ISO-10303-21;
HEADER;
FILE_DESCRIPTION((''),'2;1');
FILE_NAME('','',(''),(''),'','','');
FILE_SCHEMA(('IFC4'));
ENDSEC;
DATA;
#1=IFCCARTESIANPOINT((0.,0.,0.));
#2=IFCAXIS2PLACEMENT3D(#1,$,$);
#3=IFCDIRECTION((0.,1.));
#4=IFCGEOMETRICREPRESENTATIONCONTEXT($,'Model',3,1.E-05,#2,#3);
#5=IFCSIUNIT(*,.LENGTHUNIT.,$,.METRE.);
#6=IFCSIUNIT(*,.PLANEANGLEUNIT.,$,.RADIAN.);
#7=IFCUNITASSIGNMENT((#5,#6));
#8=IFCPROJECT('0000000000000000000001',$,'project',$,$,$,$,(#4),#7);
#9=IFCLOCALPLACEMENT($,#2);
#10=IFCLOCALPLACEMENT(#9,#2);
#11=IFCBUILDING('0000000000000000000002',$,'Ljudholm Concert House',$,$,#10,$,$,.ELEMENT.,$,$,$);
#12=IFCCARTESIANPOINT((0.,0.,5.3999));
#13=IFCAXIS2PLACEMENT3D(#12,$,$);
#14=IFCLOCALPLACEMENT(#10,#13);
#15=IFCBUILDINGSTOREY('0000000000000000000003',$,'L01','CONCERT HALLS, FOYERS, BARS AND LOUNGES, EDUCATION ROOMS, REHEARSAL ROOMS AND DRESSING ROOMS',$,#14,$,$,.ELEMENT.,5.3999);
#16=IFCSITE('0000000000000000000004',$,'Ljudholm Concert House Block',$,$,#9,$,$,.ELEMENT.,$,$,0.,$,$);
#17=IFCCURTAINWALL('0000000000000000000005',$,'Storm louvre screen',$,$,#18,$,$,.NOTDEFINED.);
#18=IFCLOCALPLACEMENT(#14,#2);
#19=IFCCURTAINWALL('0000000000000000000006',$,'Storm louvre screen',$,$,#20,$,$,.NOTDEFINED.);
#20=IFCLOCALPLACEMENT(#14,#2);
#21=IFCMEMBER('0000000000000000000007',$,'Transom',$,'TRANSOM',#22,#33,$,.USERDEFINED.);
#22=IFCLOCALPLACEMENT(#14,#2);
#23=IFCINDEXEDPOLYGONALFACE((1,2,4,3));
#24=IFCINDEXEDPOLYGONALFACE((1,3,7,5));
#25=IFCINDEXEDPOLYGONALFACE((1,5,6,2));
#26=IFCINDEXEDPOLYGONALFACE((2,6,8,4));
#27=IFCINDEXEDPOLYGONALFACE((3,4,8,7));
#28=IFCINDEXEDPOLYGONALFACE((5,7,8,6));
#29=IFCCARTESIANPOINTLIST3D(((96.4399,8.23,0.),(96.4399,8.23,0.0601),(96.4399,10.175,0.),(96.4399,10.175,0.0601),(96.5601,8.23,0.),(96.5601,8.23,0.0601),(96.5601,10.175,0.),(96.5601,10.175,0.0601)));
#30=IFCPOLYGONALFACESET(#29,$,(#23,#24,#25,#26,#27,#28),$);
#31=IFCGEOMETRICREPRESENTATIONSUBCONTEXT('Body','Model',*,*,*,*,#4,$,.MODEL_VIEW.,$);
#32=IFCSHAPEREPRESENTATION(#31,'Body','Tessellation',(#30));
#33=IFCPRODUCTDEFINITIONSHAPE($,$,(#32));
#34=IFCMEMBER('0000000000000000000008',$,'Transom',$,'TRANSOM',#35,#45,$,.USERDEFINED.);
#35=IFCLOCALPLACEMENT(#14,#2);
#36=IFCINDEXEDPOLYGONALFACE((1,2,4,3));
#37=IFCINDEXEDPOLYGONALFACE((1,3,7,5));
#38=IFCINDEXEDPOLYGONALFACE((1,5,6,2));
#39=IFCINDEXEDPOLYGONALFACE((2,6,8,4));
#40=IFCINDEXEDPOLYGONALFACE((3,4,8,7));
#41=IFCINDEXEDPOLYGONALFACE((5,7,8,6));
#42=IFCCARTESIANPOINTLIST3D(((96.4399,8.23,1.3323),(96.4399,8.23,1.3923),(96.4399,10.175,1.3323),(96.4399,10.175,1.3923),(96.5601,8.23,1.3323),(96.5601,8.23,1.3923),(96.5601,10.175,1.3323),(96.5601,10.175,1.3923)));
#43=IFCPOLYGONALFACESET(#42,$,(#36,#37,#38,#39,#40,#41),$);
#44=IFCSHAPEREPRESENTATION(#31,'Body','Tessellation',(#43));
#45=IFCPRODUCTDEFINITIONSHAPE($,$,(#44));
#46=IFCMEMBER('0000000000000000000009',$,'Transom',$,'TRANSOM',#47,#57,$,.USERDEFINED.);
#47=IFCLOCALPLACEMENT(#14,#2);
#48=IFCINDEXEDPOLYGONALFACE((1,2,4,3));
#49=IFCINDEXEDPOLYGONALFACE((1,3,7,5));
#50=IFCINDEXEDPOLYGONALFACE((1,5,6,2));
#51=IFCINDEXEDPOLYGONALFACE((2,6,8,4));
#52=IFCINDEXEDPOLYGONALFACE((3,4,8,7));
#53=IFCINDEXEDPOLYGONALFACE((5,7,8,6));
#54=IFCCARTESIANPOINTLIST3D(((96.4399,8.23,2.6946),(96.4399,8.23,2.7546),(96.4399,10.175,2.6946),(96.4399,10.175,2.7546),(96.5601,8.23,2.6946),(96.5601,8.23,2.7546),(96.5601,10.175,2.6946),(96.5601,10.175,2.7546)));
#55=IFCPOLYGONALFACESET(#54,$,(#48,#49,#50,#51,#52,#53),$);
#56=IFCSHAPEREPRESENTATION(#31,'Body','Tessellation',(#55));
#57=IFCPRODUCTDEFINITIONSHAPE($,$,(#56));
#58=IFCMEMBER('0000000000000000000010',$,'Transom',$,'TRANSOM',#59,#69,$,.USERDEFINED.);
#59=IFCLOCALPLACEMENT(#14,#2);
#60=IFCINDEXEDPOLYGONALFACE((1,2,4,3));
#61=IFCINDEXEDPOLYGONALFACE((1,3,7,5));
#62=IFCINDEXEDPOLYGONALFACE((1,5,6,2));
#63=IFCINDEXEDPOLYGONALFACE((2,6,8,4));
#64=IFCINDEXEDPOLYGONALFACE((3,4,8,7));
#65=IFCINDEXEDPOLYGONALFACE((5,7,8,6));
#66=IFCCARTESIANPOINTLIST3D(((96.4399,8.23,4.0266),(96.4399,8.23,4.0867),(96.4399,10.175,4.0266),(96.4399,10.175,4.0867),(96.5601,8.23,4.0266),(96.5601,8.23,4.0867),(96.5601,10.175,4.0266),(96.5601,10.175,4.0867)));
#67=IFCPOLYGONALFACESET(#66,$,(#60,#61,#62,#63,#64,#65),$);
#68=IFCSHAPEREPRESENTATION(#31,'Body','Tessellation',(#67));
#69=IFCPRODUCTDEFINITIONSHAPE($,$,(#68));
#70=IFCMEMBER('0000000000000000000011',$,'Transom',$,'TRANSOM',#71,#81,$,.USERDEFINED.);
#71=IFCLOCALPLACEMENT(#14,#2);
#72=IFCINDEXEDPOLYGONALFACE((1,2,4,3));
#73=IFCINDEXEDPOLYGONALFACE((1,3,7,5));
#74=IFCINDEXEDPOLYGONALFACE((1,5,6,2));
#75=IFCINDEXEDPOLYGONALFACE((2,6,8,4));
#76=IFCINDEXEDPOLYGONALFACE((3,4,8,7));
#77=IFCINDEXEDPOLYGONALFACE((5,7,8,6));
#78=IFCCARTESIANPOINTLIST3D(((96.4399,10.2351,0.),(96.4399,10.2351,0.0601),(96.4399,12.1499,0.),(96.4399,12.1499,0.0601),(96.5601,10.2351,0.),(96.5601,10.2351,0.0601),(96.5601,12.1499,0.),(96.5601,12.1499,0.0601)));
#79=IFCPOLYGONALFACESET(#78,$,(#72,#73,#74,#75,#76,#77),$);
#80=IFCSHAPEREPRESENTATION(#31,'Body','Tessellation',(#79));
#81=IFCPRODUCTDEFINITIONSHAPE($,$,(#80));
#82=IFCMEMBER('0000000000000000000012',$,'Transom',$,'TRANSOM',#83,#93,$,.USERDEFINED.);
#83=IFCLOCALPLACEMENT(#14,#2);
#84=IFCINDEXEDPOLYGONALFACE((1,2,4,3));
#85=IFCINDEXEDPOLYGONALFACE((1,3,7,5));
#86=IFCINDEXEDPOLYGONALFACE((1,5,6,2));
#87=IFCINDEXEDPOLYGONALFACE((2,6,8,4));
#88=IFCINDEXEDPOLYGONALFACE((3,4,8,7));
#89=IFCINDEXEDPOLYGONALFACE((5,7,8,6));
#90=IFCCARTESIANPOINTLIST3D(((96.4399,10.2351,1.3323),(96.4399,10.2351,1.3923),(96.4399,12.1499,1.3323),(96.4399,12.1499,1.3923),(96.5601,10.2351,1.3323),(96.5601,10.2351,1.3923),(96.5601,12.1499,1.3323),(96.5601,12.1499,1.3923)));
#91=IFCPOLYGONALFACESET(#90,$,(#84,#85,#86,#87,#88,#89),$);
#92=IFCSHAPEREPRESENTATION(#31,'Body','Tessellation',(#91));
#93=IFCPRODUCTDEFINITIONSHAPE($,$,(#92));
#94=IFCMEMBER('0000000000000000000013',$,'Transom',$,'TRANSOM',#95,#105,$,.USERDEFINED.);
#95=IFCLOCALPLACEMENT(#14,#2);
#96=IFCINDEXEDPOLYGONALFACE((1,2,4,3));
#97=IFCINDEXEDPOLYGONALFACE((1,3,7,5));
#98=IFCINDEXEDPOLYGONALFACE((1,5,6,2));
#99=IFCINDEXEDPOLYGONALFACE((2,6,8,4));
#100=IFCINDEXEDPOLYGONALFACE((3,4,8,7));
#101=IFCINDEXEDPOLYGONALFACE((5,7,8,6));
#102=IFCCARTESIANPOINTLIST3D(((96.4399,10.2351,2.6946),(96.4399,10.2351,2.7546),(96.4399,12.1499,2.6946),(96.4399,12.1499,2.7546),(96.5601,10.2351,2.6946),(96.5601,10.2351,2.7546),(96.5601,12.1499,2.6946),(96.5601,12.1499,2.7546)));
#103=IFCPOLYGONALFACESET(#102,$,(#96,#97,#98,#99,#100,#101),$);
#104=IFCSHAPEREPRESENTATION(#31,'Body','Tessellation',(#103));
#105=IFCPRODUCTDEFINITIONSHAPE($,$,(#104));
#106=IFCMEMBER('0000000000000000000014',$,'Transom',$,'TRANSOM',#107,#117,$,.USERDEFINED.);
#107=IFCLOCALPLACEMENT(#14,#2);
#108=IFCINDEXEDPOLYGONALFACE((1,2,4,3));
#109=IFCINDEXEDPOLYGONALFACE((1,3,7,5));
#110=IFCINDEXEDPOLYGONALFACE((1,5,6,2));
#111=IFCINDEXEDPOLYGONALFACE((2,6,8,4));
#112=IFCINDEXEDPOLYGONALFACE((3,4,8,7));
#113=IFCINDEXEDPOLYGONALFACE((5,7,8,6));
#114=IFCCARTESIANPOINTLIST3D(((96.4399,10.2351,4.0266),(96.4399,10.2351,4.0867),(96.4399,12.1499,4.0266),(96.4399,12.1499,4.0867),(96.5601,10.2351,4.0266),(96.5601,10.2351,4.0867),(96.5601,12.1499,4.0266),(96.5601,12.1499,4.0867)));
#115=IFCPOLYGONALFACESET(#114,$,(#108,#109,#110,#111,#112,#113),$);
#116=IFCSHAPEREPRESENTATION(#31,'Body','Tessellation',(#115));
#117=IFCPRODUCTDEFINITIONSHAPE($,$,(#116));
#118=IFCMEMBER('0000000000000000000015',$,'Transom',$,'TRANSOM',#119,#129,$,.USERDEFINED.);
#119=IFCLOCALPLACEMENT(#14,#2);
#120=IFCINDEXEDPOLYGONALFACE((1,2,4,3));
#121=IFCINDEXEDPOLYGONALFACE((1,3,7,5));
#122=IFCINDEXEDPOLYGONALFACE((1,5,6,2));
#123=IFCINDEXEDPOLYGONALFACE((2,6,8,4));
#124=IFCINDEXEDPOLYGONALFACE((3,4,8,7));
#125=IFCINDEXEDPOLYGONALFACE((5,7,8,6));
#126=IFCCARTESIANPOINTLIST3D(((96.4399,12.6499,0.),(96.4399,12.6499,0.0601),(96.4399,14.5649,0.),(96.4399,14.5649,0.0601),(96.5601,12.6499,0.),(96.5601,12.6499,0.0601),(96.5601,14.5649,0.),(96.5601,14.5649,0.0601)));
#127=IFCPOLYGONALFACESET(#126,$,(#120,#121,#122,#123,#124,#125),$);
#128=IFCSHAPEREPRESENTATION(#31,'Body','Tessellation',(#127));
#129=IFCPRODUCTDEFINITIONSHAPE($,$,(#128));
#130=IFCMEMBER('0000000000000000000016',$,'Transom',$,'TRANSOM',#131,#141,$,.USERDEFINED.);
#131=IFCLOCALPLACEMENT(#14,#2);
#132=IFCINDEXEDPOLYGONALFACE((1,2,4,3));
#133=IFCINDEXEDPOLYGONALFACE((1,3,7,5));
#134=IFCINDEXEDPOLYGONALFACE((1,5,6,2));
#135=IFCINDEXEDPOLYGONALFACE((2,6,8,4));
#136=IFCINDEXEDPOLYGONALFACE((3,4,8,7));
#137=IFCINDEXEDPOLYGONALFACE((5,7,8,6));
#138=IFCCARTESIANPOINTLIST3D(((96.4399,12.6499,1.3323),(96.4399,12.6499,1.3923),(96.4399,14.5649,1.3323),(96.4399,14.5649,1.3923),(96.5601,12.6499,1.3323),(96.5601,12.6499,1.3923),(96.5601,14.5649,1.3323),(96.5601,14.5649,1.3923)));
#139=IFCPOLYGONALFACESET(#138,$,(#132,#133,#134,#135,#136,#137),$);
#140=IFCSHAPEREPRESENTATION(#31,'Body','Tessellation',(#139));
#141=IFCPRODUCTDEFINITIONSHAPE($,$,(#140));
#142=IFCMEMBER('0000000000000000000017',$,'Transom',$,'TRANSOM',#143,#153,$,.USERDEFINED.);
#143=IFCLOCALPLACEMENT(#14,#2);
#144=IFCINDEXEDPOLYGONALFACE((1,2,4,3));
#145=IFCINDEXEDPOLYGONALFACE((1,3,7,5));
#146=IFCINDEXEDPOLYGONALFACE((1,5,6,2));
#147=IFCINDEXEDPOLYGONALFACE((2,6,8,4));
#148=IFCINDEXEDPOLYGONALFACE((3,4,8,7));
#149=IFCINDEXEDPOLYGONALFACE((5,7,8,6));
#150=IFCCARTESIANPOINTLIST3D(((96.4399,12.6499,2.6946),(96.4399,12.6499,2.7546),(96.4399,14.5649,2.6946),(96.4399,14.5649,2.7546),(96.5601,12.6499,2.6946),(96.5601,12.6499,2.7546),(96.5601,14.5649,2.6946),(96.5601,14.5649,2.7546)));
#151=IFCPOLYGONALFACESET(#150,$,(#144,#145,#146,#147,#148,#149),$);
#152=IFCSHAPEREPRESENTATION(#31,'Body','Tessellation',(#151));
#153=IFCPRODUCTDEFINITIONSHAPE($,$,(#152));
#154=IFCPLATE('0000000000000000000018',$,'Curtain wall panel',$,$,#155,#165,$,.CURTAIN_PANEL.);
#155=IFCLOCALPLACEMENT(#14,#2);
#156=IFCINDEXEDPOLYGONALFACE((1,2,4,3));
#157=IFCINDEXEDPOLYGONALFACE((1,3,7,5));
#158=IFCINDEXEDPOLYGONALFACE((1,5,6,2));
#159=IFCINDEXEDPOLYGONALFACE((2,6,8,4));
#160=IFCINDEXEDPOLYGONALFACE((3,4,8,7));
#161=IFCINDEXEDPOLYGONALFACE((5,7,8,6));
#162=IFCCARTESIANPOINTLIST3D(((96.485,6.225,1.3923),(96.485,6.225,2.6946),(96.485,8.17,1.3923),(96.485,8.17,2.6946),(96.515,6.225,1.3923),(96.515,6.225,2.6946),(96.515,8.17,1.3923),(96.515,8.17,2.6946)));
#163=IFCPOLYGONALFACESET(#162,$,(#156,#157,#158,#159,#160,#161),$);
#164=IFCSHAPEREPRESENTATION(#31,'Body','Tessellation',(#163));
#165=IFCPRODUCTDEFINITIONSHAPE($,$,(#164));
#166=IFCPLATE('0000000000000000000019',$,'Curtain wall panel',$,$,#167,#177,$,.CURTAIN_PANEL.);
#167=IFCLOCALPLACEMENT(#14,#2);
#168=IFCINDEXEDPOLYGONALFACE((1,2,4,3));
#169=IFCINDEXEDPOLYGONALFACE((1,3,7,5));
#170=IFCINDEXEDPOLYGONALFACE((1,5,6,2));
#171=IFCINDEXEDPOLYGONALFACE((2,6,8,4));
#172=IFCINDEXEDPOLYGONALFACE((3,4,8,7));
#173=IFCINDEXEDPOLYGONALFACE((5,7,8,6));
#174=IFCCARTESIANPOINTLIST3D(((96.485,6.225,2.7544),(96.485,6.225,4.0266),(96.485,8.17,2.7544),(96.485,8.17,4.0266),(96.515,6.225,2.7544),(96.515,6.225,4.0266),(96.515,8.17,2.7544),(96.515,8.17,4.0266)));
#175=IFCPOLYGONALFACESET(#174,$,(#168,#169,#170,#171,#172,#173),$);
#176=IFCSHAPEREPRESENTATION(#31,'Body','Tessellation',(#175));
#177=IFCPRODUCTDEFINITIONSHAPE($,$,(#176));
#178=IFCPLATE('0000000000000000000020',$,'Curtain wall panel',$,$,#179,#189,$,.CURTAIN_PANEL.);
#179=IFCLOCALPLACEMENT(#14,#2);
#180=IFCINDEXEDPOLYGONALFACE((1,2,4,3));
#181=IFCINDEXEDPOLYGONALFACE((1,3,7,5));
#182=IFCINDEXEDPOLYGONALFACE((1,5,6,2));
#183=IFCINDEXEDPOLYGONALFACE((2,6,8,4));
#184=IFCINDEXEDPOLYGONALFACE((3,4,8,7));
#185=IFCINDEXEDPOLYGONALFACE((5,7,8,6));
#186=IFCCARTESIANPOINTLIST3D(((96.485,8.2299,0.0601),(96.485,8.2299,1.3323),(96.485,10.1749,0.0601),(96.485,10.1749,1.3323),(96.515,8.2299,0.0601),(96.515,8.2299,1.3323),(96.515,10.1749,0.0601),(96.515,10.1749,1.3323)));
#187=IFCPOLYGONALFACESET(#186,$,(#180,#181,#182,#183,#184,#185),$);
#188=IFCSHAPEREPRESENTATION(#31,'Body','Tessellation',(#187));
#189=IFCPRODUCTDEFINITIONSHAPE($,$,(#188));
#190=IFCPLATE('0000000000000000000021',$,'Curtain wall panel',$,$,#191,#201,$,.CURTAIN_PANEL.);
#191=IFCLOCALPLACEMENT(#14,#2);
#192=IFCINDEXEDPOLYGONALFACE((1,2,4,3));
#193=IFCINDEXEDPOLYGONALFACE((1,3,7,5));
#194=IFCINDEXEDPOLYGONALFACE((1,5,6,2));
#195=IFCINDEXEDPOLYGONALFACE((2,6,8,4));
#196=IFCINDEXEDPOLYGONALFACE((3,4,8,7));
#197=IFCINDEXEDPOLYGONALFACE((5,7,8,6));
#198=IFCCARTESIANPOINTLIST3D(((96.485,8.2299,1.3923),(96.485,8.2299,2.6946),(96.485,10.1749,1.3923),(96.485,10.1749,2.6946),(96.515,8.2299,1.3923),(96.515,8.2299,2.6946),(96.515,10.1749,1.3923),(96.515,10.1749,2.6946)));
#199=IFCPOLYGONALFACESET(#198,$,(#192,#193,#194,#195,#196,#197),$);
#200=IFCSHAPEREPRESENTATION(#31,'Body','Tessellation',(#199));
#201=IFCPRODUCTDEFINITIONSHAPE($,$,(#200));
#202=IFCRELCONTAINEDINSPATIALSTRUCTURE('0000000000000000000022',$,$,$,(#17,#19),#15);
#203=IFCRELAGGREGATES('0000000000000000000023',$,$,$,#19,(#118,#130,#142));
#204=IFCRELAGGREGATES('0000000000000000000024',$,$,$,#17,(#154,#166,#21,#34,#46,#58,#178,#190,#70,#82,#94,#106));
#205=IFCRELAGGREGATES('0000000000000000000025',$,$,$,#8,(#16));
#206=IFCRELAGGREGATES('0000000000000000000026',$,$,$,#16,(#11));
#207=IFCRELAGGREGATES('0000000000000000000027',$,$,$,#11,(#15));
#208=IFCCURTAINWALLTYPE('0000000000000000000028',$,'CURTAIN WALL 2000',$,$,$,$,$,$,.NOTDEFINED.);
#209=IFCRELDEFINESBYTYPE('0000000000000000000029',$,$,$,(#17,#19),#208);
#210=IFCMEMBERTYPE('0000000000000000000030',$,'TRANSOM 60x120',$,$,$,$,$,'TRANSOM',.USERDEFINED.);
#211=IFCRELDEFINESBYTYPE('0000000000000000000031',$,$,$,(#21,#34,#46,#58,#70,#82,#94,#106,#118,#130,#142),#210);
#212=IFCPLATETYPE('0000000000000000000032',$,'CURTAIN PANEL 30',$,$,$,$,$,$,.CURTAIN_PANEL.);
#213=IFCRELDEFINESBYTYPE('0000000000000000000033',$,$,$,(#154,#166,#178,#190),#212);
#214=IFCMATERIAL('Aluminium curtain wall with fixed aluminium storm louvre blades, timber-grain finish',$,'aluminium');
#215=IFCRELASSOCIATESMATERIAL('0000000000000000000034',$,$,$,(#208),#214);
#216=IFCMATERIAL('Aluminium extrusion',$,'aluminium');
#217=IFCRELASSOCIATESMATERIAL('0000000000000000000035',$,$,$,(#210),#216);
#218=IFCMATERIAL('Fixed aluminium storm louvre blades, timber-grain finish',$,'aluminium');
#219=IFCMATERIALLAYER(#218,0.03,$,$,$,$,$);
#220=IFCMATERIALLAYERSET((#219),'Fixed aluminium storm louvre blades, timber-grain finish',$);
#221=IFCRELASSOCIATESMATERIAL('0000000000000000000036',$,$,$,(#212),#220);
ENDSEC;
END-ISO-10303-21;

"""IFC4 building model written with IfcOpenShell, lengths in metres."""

from ifc_helpers import new_model, si_unit, direction, frame, origin, origin_2d, place, context, subcontext, project, spatial, rectangle, extrude, material, layer, layer_set, material_profile, profile_set, type_object, element, aggregate, save


model = new_model("IFC4")

# Units and contexts
model_context = context("Model", 3, precision=1e-05, world=origin(), true_north=direction((0.0, 1.0)))
body_context = subcontext(model_context, "Body", "Model", "MODEL_VIEW")
ifc_project = project(units=[si_unit("LENGTHUNIT", "METRE"), si_unit("PLANEANGLEUNIT", "RADIAN")], contexts=[model_context])

# Site, building, storey
site_placement = place(None, origin())
site = spatial("IfcSite", under=ifc_project, at=site_placement, Name="Ljudholm Concert House Block", CompositionType="ELEMENT", RefElevation=0.0)
building_placement = place(site_placement, origin())
building = spatial("IfcBuilding", under=site, at=building_placement, Name="Ljudholm Concert House", CompositionType="ELEMENT")
storey_placement = place(building_placement, frame((0.0, 0.0, 5.3999)))
storey = spatial("IfcBuildingStorey", under=building, at=storey_placement, Name="L01", Description="CONCERT HALLS, FOYERS, BARS AND LOUNGES, EDUCATION ROOMS, REHEARSAL ROOMS AND DRESSING ROOMS", CompositionType="ELEMENT", Elevation=5.3999)

# Curtain wall
ifc_material_1 = material(Name="Aluminium curtain wall with fixed aluminium storm louvre blades, timber-grain finish", Category="aluminium")
curtain_wall_type = type_object("IfcCurtainWallType", Name="CURTAIN WALL 2000", PredefinedType="NOTDEFINED", material=ifc_material_1)
curtain_wall_1_placement = place(storey_placement, origin())
curtain_wall_1 = element("IfcCurtainWall", 1, at=curtain_wall_1_placement, inside=storey, type_object=curtain_wall_type, Name="Storm louvre screen", PredefinedType="NOTDEFINED")

# Curtain wall
curtain_wall_2_placement = place(storey_placement, origin())
curtain_wall_2 = element("IfcCurtainWall", 2, at=curtain_wall_2_placement, inside=storey, type_object=curtain_wall_type, Name="Storm louvre screen", PredefinedType="NOTDEFINED")

# Members
ifc_material_2 = material(Name="Aluminium extrusion", Category="aluminium")
ifc_material_profile_1 = material_profile(ifc_material_2, rectangle(XDim=0.1201, YDim=0.0601, at=origin_2d()), Name="TRANSOM 60x120")
ifc_profile_set_1 = profile_set([ifc_material_profile_1], Name="Aluminium extrusion")
member_type_1 = type_object("IfcMemberType", Name="TRANSOM 60x120", ElementType="TRANSOM", PredefinedType="USERDEFINED", material=ifc_profile_set_1)
member_1_placement = place(storey_placement, frame((96.5, 8.23, 0.03), z_axis=(0.0, 1.0, 0.0), x_axis=(-1.0, 0.0, 0.0)))
member_1 = element("IfcMember", 3, at=member_1_placement, type_object=member_type_1, Name="Transom", ObjectType="TRANSOM", PredefinedType="USERDEFINED", context=body_context, shape_type="SweptSolid", body=[
    extrude(rectangle(XDim=0.1201, YDim=0.0601, at=origin_2d()), origin(), (0.0, 0.0, 1.0), 1.9451),
])
member_2_placement = place(storey_placement, frame((96.5, 8.23, 1.3623), z_axis=(0.0, 1.0, 0.0), x_axis=(-1.0, 0.0, 0.0)))
member_2 = element("IfcMember", 4, at=member_2_placement, type_object=member_type_1, Name="Transom", ObjectType="TRANSOM", PredefinedType="USERDEFINED", context=body_context, shape_type="SweptSolid", body=[
    extrude(rectangle(XDim=0.1201, YDim=0.0601, at=origin_2d()), origin(), (0.0, 0.0, 1.0), 1.9451),
])
member_3_placement = place(storey_placement, frame((96.5, 8.23, 2.7246), z_axis=(0.0, 1.0, 0.0), x_axis=(-1.0, 0.0, 0.0)))
member_3 = element("IfcMember", 5, at=member_3_placement, type_object=member_type_1, Name="Transom", ObjectType="TRANSOM", PredefinedType="USERDEFINED", context=body_context, shape_type="SweptSolid", body=[
    extrude(rectangle(XDim=0.1201, YDim=0.0601, at=origin_2d()), origin(), (0.0, 0.0, 1.0), 1.9451),
])
member_4_placement = place(storey_placement, frame((96.5, 8.23, 4.0566), z_axis=(0.0, 1.0, 0.0), x_axis=(-1.0, 0.0, 0.0)))
member_4 = element("IfcMember", 6, at=member_4_placement, type_object=member_type_1, Name="Transom", ObjectType="TRANSOM", PredefinedType="USERDEFINED", context=body_context, shape_type="SweptSolid", body=[
    extrude(rectangle(XDim=0.1201, YDim=0.0601, at=origin_2d()), origin(), (0.0, 0.0, 1.0), 1.9451),
])
member_5_placement = place(storey_placement, frame((96.5, 10.2351, 0.03), z_axis=(0.0, 1.0, 0.0), x_axis=(-1.0, 0.0, 0.0)))
member_5 = element("IfcMember", 7, at=member_5_placement, type_object=member_type_1, Name="Transom", ObjectType="TRANSOM", PredefinedType="USERDEFINED", context=body_context, shape_type="SweptSolid", body=[
    extrude(rectangle(XDim=0.1201, YDim=0.0601, at=origin_2d()), origin(), (0.0, 0.0, 1.0), 1.9148),
])
member_6_placement = place(storey_placement, frame((96.5, 10.2351, 1.3623), z_axis=(0.0, 1.0, 0.0), x_axis=(-1.0, 0.0, 0.0)))
member_6 = element("IfcMember", 8, at=member_6_placement, type_object=member_type_1, Name="Transom", ObjectType="TRANSOM", PredefinedType="USERDEFINED", context=body_context, shape_type="SweptSolid", body=[
    extrude(rectangle(XDim=0.1201, YDim=0.0601, at=origin_2d()), origin(), (0.0, 0.0, 1.0), 1.9148),
])
member_7_placement = place(storey_placement, frame((96.5, 10.2351, 2.7246), z_axis=(0.0, 1.0, 0.0), x_axis=(-1.0, 0.0, 0.0)))
member_7 = element("IfcMember", 9, at=member_7_placement, type_object=member_type_1, Name="Transom", ObjectType="TRANSOM", PredefinedType="USERDEFINED", context=body_context, shape_type="SweptSolid", body=[
    extrude(rectangle(XDim=0.1201, YDim=0.0601, at=origin_2d()), origin(), (0.0, 0.0, 1.0), 1.9148),
])
member_8_placement = place(storey_placement, frame((96.5, 10.2351, 4.0566), z_axis=(0.0, 1.0, 0.0), x_axis=(-1.0, 0.0, 0.0)))
member_8 = element("IfcMember", 10, at=member_8_placement, type_object=member_type_1, Name="Transom", ObjectType="TRANSOM", PredefinedType="USERDEFINED", context=body_context, shape_type="SweptSolid", body=[
    extrude(rectangle(XDim=0.1201, YDim=0.0601, at=origin_2d()), origin(), (0.0, 0.0, 1.0), 1.9148),
])
member_9_placement = place(storey_placement, frame((96.5, 12.6499, 0.03), z_axis=(0.0, 1.0, 0.0), x_axis=(-1.0, 0.0, 0.0)))
member_9 = element("IfcMember", 11, at=member_9_placement, type_object=member_type_1, Name="Transom", ObjectType="TRANSOM", PredefinedType="USERDEFINED", context=body_context, shape_type="SweptSolid", body=[
    extrude(rectangle(XDim=0.1201, YDim=0.0601, at=origin_2d()), origin(), (0.0, 0.0, 1.0), 1.915),
])
member_10_placement = place(storey_placement, frame((96.5, 12.6499, 1.3623), z_axis=(0.0, 1.0, 0.0), x_axis=(-1.0, 0.0, 0.0)))
member_10 = element("IfcMember", 12, at=member_10_placement, type_object=member_type_1, Name="Transom", ObjectType="TRANSOM", PredefinedType="USERDEFINED", context=body_context, shape_type="SweptSolid", body=[
    extrude(rectangle(XDim=0.1201, YDim=0.0601, at=origin_2d()), origin(), (0.0, 0.0, 1.0), 1.915),
])
member_11_placement = place(storey_placement, frame((96.5, 12.6499, 2.7246), z_axis=(0.0, 1.0, 0.0), x_axis=(-1.0, 0.0, 0.0)))
member_11 = element("IfcMember", 13, at=member_11_placement, type_object=member_type_1, Name="Transom", ObjectType="TRANSOM", PredefinedType="USERDEFINED", context=body_context, shape_type="SweptSolid", body=[
    extrude(rectangle(XDim=0.1201, YDim=0.0601, at=origin_2d()), origin(), (0.0, 0.0, 1.0), 1.915),
])
aggregate(curtain_wall_2, [member_9, member_10, member_11])

# Plates
ifc_material_3 = material(Name="Fixed aluminium storm louvre blades, timber-grain finish", Category="aluminium")
ifc_layer = layer(ifc_material_3, 0.03)
ifc_layer_set = layer_set([ifc_layer], Name="Fixed aluminium storm louvre blades, timber-grain finish")
plate_type = type_object("IfcPlateType", Name="CURTAIN PANEL 30", PredefinedType="CURTAIN_PANEL", material=ifc_layer_set)
plate_1_placement = place(storey_placement, frame((96.5, 7.1975, 1.3923), z_axis=(0.0, 0.0, 1.0), x_axis=(0.0, 1.0, 0.0)))
plate_1 = element("IfcPlate", 14, at=plate_1_placement, type_object=plate_type, Name="Curtain wall panel", PredefinedType="CURTAIN_PANEL", context=body_context, shape_type="SweptSolid", body=[
    extrude(rectangle(XDim=1.9451, YDim=0.03, at=origin_2d()), origin(), (0.0, 0.0, 1.0), 1.3022),
])
plate_2_placement = place(storey_placement, frame((96.5, 7.1975, 2.7544), z_axis=(0.0, 0.0, 1.0), x_axis=(0.0, 1.0, 0.0)))
plate_2 = element("IfcPlate", 15, at=plate_2_placement, type_object=plate_type, Name="Curtain wall panel", PredefinedType="CURTAIN_PANEL", context=body_context, shape_type="SweptSolid", body=[
    extrude(rectangle(XDim=1.9451, YDim=0.03, at=origin_2d()), origin(), (0.0, 0.0, 1.0), 1.2722),
])
plate_3_placement = place(storey_placement, frame((96.5, 9.2024, 0.0601), z_axis=(0.0, 0.0, 1.0), x_axis=(0.0, 1.0, 0.0)))
plate_3 = element("IfcPlate", 16, at=plate_3_placement, type_object=plate_type, Name="Curtain wall panel", PredefinedType="CURTAIN_PANEL", context=body_context, shape_type="SweptSolid", body=[
    extrude(rectangle(XDim=1.9451, YDim=0.03, at=origin_2d()), origin(), (0.0, 0.0, 1.0), 1.2722),
])
plate_4_placement = place(storey_placement, frame((96.5, 9.2024, 1.3923), z_axis=(0.0, 0.0, 1.0), x_axis=(0.0, 1.0, 0.0)))
plate_4 = element("IfcPlate", 17, at=plate_4_placement, type_object=plate_type, Name="Curtain wall panel", PredefinedType="CURTAIN_PANEL", context=body_context, shape_type="SweptSolid", body=[
    extrude(rectangle(XDim=1.9451, YDim=0.03, at=origin_2d()), origin(), (0.0, 0.0, 1.0), 1.3022),
])
aggregate(curtain_wall_1, [plate_1, plate_2, member_1, member_2, member_3, member_4, plate_3, plate_4, member_5, member_6, member_7, member_8])

save(model, "model.ifc")
